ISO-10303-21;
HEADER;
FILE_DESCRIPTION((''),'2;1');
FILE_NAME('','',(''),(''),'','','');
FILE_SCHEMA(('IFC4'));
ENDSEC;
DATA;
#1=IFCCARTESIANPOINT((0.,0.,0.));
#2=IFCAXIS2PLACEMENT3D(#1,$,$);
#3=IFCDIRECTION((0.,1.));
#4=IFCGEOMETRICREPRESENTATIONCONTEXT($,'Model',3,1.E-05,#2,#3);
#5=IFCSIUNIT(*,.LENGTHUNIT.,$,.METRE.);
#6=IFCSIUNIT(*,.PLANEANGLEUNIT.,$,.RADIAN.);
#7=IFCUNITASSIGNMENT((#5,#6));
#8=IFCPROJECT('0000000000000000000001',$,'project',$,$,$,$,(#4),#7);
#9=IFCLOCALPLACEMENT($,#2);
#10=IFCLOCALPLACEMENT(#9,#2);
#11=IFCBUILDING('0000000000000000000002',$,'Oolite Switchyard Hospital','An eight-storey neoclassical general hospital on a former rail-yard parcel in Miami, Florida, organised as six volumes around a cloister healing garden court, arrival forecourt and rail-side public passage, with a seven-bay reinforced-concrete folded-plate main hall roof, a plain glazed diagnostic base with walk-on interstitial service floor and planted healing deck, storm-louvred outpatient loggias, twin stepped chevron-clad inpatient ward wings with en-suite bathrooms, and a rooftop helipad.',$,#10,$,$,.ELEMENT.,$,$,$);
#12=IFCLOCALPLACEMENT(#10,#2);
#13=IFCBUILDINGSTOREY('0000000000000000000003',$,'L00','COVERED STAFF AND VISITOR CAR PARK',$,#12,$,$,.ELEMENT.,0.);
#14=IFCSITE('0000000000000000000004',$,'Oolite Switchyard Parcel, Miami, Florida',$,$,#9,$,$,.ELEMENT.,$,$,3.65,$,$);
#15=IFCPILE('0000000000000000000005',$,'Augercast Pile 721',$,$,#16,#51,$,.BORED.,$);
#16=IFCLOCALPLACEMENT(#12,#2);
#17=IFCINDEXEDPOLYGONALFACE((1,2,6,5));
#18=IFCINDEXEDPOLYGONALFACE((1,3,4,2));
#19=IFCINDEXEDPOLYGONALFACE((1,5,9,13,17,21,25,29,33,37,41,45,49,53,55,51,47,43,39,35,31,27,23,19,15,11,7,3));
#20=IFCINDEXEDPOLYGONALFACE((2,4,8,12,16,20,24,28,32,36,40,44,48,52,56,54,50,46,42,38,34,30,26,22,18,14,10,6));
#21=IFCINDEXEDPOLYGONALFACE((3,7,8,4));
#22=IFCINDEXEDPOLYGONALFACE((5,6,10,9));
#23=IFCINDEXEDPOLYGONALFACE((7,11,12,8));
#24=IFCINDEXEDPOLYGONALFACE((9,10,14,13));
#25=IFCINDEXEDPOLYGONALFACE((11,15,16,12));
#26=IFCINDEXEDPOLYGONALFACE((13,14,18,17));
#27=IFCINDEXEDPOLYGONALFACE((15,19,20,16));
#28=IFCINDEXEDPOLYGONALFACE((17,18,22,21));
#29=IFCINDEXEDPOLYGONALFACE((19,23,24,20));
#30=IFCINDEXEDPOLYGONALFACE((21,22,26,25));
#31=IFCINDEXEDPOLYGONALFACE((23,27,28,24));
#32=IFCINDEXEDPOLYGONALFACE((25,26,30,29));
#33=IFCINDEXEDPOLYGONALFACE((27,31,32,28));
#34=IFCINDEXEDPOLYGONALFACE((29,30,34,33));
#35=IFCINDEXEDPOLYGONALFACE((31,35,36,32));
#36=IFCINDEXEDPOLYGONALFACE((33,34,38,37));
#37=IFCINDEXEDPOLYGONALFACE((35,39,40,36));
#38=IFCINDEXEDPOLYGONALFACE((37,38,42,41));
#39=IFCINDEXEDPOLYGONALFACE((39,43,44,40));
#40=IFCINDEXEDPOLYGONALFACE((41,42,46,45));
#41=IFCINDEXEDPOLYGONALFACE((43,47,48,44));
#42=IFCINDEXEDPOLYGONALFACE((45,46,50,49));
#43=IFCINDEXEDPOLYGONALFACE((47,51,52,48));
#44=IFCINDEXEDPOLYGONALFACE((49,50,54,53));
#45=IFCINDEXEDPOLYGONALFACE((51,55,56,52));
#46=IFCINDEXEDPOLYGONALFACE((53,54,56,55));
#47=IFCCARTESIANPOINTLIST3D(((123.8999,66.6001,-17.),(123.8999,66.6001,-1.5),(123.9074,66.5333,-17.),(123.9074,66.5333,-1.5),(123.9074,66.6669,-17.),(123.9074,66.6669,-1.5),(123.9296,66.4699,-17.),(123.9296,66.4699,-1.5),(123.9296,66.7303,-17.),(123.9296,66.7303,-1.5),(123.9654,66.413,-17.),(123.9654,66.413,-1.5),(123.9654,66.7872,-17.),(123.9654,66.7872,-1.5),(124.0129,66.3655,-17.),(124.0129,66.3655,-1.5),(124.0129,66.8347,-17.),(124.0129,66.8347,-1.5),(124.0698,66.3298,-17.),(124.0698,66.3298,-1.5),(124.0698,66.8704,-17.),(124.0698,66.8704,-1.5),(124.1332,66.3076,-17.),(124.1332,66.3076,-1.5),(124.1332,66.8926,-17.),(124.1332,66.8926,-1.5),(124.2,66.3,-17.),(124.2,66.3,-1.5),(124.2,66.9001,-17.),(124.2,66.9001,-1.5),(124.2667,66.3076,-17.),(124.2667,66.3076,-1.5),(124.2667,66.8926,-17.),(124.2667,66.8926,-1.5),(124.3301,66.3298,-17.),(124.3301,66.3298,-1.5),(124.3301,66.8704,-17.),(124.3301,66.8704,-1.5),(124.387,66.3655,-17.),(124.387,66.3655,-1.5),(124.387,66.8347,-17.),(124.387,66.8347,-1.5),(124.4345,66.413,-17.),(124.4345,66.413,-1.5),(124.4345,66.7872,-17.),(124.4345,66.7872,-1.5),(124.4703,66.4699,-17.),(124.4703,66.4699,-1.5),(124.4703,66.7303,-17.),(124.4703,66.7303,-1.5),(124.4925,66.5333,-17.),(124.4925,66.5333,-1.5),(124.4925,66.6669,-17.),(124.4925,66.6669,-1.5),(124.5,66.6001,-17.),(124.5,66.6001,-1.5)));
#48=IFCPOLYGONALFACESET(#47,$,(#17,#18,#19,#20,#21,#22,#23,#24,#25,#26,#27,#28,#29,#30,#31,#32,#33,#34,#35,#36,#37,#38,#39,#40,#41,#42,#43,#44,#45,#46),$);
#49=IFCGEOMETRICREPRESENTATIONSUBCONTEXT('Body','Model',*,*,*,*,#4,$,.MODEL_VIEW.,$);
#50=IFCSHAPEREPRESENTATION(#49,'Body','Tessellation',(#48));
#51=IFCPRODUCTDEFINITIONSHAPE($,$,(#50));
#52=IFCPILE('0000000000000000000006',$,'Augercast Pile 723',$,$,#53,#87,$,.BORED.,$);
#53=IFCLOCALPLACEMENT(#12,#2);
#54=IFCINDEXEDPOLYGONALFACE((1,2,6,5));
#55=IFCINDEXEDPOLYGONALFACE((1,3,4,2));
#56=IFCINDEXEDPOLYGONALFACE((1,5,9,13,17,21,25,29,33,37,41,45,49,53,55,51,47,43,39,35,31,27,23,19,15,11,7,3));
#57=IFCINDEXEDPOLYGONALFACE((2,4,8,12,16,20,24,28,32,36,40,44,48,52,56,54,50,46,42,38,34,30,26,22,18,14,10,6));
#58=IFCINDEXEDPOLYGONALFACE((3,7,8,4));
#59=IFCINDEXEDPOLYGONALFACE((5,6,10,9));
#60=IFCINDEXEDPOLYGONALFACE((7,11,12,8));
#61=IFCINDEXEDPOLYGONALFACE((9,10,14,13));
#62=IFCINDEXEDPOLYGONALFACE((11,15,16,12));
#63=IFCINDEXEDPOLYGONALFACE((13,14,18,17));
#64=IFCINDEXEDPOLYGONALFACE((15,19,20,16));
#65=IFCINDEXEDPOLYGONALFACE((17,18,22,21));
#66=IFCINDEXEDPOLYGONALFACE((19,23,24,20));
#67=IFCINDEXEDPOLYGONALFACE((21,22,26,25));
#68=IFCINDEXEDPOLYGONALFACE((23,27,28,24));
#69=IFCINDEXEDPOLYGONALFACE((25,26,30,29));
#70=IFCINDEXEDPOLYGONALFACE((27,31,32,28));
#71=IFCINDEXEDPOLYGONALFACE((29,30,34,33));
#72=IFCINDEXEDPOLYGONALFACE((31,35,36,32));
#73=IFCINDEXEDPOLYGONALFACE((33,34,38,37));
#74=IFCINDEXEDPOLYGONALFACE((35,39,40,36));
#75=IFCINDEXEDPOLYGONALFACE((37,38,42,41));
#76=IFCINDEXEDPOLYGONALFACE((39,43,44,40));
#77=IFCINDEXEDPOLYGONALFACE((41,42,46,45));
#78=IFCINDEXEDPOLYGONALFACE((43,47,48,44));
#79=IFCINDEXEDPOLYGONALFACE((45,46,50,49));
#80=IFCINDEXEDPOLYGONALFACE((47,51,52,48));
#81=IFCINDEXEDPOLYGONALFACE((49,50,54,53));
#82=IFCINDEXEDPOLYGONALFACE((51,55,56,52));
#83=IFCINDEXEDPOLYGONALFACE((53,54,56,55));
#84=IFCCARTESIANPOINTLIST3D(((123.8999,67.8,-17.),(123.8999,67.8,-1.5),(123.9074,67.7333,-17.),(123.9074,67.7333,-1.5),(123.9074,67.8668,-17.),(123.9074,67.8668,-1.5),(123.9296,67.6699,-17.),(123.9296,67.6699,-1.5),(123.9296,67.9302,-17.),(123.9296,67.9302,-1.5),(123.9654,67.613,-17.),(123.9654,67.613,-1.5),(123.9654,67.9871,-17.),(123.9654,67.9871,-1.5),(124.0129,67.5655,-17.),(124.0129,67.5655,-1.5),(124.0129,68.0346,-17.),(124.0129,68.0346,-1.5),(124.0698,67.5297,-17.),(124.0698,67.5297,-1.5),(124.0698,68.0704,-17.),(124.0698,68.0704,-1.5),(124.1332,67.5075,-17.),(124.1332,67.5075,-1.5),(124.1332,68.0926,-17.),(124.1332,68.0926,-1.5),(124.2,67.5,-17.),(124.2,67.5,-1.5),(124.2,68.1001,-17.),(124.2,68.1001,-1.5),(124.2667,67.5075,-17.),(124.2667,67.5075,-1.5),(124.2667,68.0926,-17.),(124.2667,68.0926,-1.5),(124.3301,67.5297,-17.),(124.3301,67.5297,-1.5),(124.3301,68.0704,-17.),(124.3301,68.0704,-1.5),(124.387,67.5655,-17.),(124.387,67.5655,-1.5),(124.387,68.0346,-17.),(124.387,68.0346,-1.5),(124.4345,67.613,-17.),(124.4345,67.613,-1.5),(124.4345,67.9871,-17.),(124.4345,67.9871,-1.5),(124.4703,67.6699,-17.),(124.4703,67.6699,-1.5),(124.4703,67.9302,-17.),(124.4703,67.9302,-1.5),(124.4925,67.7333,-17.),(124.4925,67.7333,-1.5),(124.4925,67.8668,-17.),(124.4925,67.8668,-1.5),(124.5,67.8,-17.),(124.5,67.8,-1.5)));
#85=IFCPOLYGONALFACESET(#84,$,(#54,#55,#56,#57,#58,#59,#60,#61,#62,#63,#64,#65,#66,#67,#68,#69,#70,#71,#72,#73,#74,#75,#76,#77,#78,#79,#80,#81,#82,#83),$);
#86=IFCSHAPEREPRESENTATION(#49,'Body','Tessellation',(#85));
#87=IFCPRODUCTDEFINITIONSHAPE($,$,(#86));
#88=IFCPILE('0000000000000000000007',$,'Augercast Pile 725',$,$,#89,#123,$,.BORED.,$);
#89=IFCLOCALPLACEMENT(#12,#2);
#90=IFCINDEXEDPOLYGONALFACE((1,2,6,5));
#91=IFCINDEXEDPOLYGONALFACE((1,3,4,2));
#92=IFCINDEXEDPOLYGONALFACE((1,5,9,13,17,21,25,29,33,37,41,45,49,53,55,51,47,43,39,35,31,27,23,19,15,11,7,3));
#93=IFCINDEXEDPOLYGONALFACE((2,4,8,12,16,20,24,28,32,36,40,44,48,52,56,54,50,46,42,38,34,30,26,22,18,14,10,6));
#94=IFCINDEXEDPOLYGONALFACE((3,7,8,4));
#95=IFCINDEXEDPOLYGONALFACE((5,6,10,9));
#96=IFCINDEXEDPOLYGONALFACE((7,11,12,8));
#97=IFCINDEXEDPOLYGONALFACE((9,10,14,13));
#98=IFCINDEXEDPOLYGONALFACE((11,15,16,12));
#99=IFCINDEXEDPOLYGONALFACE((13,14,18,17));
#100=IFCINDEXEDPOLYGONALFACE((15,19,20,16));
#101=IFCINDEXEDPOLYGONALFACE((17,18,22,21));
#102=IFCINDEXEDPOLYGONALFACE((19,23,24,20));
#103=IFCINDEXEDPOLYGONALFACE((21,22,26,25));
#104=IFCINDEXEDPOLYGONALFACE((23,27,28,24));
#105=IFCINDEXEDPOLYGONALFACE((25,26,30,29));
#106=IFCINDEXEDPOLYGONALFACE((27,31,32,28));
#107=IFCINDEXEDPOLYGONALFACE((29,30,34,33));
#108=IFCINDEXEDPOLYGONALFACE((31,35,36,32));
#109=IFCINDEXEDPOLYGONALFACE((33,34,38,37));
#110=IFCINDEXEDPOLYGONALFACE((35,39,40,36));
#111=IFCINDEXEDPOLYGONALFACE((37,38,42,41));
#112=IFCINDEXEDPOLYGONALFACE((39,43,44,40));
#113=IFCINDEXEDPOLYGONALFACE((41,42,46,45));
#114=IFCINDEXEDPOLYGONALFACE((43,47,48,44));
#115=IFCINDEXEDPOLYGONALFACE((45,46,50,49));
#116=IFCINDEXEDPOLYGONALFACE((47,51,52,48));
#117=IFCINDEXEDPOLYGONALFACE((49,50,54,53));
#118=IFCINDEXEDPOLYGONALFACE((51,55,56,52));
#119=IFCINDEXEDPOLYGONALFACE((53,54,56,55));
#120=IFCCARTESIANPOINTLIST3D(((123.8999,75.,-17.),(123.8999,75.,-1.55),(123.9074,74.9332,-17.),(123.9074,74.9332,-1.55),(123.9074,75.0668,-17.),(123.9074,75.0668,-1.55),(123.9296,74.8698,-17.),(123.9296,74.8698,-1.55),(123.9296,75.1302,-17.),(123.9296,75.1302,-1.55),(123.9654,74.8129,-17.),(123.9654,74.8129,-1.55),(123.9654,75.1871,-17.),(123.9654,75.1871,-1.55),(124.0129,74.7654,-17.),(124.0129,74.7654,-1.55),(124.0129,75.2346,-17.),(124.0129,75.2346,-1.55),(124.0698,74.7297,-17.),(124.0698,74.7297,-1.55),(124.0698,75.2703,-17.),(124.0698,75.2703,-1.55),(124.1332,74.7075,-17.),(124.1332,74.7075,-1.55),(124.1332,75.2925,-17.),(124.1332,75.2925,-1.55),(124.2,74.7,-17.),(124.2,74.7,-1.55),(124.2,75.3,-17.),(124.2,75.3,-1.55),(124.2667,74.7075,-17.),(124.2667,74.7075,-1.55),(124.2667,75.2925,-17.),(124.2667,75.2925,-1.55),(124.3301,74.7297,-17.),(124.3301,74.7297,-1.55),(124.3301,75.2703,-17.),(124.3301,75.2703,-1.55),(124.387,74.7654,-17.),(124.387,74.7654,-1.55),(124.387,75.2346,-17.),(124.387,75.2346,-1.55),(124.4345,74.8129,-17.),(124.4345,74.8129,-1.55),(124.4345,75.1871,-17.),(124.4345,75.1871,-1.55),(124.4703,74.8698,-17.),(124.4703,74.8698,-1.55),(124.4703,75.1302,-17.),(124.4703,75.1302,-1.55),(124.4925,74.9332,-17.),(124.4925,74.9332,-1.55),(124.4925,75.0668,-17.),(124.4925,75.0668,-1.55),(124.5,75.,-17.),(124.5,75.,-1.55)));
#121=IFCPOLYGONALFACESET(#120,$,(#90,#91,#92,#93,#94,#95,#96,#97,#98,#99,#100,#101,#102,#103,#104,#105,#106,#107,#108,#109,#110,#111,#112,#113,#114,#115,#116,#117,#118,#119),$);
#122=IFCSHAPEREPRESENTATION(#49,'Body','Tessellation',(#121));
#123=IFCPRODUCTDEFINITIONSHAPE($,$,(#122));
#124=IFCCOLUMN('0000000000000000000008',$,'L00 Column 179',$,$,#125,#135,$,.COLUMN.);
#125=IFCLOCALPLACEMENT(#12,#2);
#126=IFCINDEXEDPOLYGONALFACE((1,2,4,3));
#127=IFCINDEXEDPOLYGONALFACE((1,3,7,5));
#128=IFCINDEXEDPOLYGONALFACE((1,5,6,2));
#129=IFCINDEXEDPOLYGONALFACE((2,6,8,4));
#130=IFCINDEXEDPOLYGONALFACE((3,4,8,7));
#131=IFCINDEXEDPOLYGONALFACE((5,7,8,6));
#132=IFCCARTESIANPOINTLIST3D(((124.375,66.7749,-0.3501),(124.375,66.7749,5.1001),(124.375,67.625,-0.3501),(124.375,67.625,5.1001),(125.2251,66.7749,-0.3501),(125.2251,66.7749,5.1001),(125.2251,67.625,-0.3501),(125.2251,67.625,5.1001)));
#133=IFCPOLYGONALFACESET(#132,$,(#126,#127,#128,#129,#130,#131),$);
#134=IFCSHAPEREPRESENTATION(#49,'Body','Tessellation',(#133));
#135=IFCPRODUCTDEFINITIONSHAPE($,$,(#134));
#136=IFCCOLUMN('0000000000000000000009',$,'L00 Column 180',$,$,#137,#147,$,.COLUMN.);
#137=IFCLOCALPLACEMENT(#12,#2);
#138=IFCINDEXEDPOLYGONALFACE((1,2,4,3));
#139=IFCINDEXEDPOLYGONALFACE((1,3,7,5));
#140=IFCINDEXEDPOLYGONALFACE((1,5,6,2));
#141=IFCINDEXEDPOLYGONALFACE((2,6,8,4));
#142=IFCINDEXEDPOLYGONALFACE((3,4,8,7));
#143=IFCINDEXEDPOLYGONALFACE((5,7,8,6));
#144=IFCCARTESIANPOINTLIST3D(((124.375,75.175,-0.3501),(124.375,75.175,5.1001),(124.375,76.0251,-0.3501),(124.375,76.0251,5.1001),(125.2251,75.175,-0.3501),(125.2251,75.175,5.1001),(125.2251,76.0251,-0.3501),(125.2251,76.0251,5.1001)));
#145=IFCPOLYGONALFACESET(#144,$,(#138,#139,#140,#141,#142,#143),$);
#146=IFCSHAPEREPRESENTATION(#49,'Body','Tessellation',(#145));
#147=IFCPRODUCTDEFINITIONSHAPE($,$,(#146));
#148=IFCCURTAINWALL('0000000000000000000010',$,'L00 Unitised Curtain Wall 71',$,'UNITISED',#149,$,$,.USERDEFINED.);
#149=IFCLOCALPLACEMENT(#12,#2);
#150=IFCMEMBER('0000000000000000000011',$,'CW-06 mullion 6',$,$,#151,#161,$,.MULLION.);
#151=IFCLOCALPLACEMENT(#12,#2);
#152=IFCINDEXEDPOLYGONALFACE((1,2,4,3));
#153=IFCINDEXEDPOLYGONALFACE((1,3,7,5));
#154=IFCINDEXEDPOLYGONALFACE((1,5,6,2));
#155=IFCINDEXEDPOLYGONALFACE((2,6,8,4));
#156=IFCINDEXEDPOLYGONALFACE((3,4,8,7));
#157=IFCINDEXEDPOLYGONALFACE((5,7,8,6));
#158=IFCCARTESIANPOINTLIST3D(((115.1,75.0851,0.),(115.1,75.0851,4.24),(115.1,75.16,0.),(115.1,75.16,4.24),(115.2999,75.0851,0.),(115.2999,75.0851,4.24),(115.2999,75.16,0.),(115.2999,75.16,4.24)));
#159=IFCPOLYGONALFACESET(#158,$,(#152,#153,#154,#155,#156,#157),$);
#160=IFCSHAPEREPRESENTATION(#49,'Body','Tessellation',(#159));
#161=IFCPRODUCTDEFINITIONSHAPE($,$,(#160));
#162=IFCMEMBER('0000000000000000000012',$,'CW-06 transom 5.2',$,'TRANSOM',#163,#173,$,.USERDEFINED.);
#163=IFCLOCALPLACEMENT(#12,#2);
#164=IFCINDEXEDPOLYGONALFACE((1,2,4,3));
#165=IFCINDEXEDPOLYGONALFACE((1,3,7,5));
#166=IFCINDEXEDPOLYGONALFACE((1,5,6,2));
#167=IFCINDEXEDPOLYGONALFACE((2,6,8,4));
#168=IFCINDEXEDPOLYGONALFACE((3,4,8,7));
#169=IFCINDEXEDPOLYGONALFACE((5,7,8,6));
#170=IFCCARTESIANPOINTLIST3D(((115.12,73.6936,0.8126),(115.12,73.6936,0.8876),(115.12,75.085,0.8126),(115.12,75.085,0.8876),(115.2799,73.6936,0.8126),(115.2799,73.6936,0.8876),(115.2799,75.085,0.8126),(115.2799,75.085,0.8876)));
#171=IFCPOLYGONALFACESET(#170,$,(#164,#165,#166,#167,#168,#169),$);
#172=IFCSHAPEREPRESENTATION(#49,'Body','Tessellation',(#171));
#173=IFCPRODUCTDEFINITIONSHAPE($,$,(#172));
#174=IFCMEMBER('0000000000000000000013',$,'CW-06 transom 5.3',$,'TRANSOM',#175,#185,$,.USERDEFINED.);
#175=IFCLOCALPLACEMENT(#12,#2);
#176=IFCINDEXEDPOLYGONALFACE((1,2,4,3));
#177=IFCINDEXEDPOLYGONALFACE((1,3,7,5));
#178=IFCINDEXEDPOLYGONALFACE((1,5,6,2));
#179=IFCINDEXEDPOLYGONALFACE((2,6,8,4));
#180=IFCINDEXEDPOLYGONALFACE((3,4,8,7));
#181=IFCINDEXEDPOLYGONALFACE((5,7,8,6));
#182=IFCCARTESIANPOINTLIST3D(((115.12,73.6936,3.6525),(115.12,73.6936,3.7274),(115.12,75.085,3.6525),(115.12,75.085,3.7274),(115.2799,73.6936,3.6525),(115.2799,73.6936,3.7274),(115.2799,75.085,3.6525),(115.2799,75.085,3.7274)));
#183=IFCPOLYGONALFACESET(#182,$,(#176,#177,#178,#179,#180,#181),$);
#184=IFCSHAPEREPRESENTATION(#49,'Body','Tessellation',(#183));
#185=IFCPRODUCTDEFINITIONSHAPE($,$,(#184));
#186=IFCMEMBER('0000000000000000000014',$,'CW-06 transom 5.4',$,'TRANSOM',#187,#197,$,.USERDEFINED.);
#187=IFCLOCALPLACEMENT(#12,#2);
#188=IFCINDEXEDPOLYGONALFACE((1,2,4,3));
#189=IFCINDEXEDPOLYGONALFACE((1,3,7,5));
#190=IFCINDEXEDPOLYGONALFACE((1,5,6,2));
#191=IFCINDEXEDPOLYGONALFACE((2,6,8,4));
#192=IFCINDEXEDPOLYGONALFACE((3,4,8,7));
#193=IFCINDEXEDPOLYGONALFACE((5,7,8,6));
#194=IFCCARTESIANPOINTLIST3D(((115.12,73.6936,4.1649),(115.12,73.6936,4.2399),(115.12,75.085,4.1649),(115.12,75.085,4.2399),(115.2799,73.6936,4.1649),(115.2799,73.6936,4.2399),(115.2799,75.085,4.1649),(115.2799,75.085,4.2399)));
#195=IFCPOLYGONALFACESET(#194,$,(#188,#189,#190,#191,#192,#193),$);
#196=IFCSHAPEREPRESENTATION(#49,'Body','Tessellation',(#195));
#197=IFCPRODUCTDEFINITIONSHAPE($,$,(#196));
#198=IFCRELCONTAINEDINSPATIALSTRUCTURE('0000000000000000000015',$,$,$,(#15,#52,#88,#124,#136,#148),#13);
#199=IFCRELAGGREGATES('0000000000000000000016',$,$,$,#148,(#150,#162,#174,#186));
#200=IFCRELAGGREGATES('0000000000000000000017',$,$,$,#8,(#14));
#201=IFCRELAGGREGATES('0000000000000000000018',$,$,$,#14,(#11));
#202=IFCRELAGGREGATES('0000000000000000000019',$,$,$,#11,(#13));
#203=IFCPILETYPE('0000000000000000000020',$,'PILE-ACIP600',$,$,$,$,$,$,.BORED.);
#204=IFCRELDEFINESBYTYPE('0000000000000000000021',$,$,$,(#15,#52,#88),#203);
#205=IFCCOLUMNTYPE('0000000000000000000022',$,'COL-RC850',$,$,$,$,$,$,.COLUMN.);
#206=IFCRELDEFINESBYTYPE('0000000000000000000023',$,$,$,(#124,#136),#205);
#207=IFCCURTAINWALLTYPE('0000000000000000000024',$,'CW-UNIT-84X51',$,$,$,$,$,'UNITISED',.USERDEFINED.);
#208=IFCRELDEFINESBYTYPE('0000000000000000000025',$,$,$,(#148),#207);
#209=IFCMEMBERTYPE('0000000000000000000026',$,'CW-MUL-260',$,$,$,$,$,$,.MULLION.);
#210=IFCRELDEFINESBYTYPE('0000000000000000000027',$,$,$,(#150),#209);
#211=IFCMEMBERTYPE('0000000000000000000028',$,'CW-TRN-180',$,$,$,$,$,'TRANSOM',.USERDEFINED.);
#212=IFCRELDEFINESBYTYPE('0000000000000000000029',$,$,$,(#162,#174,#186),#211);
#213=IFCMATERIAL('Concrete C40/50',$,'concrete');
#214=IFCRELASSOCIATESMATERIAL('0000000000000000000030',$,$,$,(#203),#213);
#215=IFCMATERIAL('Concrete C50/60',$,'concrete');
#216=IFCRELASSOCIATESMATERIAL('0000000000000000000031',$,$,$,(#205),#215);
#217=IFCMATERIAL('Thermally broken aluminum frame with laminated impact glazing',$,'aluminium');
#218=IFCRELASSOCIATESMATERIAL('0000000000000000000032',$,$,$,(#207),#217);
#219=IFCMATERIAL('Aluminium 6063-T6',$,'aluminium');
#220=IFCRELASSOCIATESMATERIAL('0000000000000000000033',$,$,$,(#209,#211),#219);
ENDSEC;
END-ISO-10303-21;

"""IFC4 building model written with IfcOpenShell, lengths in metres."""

from ifc_helpers import new_model, si_unit, direction, frame, origin, origin_2d, place, context, subcontext, project, spatial, rectangle, circle, extrude, material, material_profile, profile_set, type_object, element, aggregate, save


model = new_model("IFC4")

# Units and contexts
model_context = context("Model", 3, precision=1e-05, world=origin(), true_north=direction((0.0, 1.0)))
body_context = subcontext(model_context, "Body", "Model", "MODEL_VIEW")
ifc_project = project(units=[si_unit("LENGTHUNIT", "METRE"), si_unit("PLANEANGLEUNIT", "RADIAN")], contexts=[model_context])

# Site, building, storey
site_placement = place(None, origin())
site = spatial("IfcSite", under=ifc_project, at=site_placement, Name="Oolite Switchyard Parcel, Miami, Florida", CompositionType="ELEMENT", RefElevation=3.65)
building_placement = place(site_placement, origin())
building = spatial("IfcBuilding", under=site, at=building_placement, Name="Oolite Switchyard Hospital", Description="An eight-storey neoclassical general hospital on a former rail-yard parcel in Miami, Florida, organised as six volumes around a cloister healing garden court, arrival forecourt and rail-side public passage, with a seven-bay reinforced-concrete folded-plate main hall roof, a plain glazed diagnostic base with walk-on interstitial service floor and planted healing deck, storm-louvred outpatient loggias, twin stepped chevron-clad inpatient ward wings with en-suite bathrooms, and a rooftop helipad.", CompositionType="ELEMENT")
storey_placement = place(building_placement, origin())
storey = spatial("IfcBuildingStorey", under=building, at=storey_placement, Name="L00", Description="COVERED STAFF AND VISITOR CAR PARK", CompositionType="ELEMENT", Elevation=0.0)

# Shared definitions
ifc_material_1 = material(Name="Concrete C40/50", Category="concrete")

# Piles
ifc_material_profile_1 = material_profile(ifc_material_1, circle(Radius=0.3, at=origin_2d()), Name="PILE600")
ifc_profile_set_1 = profile_set([ifc_material_profile_1], Name="Concrete C40/50")
pile_type = type_object("IfcPileType", Name="PILE-ACIP600", PredefinedType="BORED", material=ifc_profile_set_1)
for number, where, z_axis, x_axis, name in (
    (1, (124.2, 66.6001, -1.5), (0.0, 0.0, -1.0), (1.0, 0.0, 0.0), "Augercast Pile 721"),
    (2, (124.2, 67.8, -1.5), (0.0, 0.0, -1.0), (1.0, 0.0, 0.0), "Augercast Pile 723"),
):
    element("IfcPile", number, at=place(storey_placement, frame(where, z_axis=z_axis, x_axis=x_axis)), inside=storey, type_object=pile_type, Name=name, PredefinedType="BORED", context=body_context, shape_type="SweptSolid", body=[
        extrude(circle(Radius=0.3, at=origin_2d()), origin(), (0.0, 0.0, 1.0), 15.5),
    ])
pile_1_placement = place(storey_placement, frame((124.2, 75.0, -1.55), z_axis=(0.0, 0.0, -1.0), x_axis=(1.0, 0.0, 0.0)))
element("IfcPile", 3, at=pile_1_placement, inside=storey, type_object=pile_type, Name="Augercast Pile 725", PredefinedType="BORED", context=body_context, shape_type="SweptSolid", body=[
    extrude(circle(Radius=0.3, at=origin_2d()), origin(), (0.0, 0.0, 1.0), 15.45),
])

# Columns
ifc_material_2 = material(Name="Concrete C50/60", Category="concrete")
ifc_material_profile_2 = material_profile(ifc_material_2, rectangle(XDim=0.8501, YDim=0.8501, at=origin_2d()), Name="RC850X850")
ifc_profile_set_2 = profile_set([ifc_material_profile_2], Name="Concrete C50/60")
column_type = type_object("IfcColumnType", Name="COL-RC850", PredefinedType="COLUMN", material=ifc_profile_set_2)
for number, where, z_axis, x_axis, name in (
    (4, (124.8, 67.2, -0.3501), (0.0, 0.0, 1.0), (1.0, 0.0, 0.0), "L00 Column 179"),
    (5, (124.8, 75.6001, -0.3501), (0.0, 0.0, 1.0), (1.0, 0.0, 0.0), "L00 Column 180"),
):
    element("IfcColumn", number, at=place(storey_placement, frame(where, z_axis=z_axis, x_axis=x_axis)), inside=storey, type_object=column_type, Name=name, PredefinedType="COLUMN", context=body_context, shape_type="SweptSolid", body=[
        extrude(rectangle(XDim=0.8501, YDim=0.8501, at=origin_2d()), origin(), (0.0, 0.0, 1.0), 5.4502),
    ])

# Curtain wall, members
ifc_material_3 = material(Name="Thermally broken aluminum frame with laminated impact glazing", Category="aluminium")
curtain_wall_type = type_object("IfcCurtainWallType", Name="CW-UNIT-84X51", ElementType="UNITISED", PredefinedType="USERDEFINED", material=ifc_material_3)
curtain_wall_placement = place(storey_placement, origin())
curtain_wall = element("IfcCurtainWall", 6, at=curtain_wall_placement, inside=storey, type_object=curtain_wall_type, Name="L00 Unitised Curtain Wall 71", ObjectType="UNITISED", PredefinedType="USERDEFINED")
ifc_material_4 = material(Name="Aluminium 6063-T6", Category="aluminium")
ifc_material_profile_3 = material_profile(ifc_material_4, rectangle(XDim=0.2, YDim=0.075, at=origin_2d()), Name="CWM75X200")
ifc_profile_set_3 = profile_set([ifc_material_profile_3], Name="Aluminium 6063-T6")
member_type_1 = type_object("IfcMemberType", Name="CW-MUL-260", PredefinedType="MULLION", material=ifc_profile_set_3)
member_1_placement = place(storey_placement, frame((115.2, 75.1226, 0.0), z_axis=(0.0, 0.0, 1.0), x_axis=(-1.0, 0.0, 0.0)))
member_1 = element("IfcMember", 7, at=member_1_placement, type_object=member_type_1, Name="CW-06 mullion 6", PredefinedType="MULLION", context=body_context, shape_type="SweptSolid", body=[
    extrude(rectangle(XDim=0.2, YDim=0.075, at=origin_2d()), origin(), (0.0, 0.0, 1.0), 4.24),
])
ifc_material_profile_4 = material_profile(ifc_material_4, rectangle(XDim=0.1599, YDim=0.075, at=origin_2d()), Name="CWT75X160")
ifc_profile_set_4 = profile_set([ifc_material_profile_4], Name="Aluminium 6063-T6")
member_type_2 = type_object("IfcMemberType", Name="CW-TRN-180", ElementType="TRANSOM", PredefinedType="USERDEFINED", material=ifc_profile_set_4)
member_2_placement = place(storey_placement, frame((115.2, 73.6936, 0.8501), z_axis=(0.0, 1.0, 0.0), x_axis=(-1.0, 0.0, 0.0)))
member_2 = element("IfcMember", 8, at=member_2_placement, type_object=member_type_2, Name="CW-06 transom 5.2", ObjectType="TRANSOM", PredefinedType="USERDEFINED", context=body_context, shape_type="SweptSolid", body=[
    extrude(rectangle(XDim=0.1599, YDim=0.075, at=origin_2d()), origin(), (0.0, 0.0, 1.0), 1.3914),
])
member_3_placement = place(storey_placement, frame((115.2, 73.6936, 3.6899), z_axis=(0.0, 1.0, 0.0), x_axis=(-1.0, 0.0, 0.0)))
member_3 = element("IfcMember", 9, at=member_3_placement, type_object=member_type_2, Name="CW-06 transom 5.3", ObjectType="TRANSOM", PredefinedType="USERDEFINED", context=body_context, shape_type="SweptSolid", body=[
    extrude(rectangle(XDim=0.1599, YDim=0.075, at=origin_2d()), origin(), (0.0, 0.0, 1.0), 1.3914),
])
member_4_placement = place(storey_placement, frame((115.2, 73.6936, 4.2024), z_axis=(0.0, 1.0, 0.0), x_axis=(-1.0, 0.0, 0.0)))
member_4 = element("IfcMember", 10, at=member_4_placement, type_object=member_type_2, Name="CW-06 transom 5.4", ObjectType="TRANSOM", PredefinedType="USERDEFINED", context=body_context, shape_type="SweptSolid", body=[
    extrude(rectangle(XDim=0.1599, YDim=0.075, at=origin_2d()), origin(), (0.0, 0.0, 1.0), 1.3914),
])
aggregate(curtain_wall, [member_1, member_2, member_3, member_4])

save(model, "model.ifc")
